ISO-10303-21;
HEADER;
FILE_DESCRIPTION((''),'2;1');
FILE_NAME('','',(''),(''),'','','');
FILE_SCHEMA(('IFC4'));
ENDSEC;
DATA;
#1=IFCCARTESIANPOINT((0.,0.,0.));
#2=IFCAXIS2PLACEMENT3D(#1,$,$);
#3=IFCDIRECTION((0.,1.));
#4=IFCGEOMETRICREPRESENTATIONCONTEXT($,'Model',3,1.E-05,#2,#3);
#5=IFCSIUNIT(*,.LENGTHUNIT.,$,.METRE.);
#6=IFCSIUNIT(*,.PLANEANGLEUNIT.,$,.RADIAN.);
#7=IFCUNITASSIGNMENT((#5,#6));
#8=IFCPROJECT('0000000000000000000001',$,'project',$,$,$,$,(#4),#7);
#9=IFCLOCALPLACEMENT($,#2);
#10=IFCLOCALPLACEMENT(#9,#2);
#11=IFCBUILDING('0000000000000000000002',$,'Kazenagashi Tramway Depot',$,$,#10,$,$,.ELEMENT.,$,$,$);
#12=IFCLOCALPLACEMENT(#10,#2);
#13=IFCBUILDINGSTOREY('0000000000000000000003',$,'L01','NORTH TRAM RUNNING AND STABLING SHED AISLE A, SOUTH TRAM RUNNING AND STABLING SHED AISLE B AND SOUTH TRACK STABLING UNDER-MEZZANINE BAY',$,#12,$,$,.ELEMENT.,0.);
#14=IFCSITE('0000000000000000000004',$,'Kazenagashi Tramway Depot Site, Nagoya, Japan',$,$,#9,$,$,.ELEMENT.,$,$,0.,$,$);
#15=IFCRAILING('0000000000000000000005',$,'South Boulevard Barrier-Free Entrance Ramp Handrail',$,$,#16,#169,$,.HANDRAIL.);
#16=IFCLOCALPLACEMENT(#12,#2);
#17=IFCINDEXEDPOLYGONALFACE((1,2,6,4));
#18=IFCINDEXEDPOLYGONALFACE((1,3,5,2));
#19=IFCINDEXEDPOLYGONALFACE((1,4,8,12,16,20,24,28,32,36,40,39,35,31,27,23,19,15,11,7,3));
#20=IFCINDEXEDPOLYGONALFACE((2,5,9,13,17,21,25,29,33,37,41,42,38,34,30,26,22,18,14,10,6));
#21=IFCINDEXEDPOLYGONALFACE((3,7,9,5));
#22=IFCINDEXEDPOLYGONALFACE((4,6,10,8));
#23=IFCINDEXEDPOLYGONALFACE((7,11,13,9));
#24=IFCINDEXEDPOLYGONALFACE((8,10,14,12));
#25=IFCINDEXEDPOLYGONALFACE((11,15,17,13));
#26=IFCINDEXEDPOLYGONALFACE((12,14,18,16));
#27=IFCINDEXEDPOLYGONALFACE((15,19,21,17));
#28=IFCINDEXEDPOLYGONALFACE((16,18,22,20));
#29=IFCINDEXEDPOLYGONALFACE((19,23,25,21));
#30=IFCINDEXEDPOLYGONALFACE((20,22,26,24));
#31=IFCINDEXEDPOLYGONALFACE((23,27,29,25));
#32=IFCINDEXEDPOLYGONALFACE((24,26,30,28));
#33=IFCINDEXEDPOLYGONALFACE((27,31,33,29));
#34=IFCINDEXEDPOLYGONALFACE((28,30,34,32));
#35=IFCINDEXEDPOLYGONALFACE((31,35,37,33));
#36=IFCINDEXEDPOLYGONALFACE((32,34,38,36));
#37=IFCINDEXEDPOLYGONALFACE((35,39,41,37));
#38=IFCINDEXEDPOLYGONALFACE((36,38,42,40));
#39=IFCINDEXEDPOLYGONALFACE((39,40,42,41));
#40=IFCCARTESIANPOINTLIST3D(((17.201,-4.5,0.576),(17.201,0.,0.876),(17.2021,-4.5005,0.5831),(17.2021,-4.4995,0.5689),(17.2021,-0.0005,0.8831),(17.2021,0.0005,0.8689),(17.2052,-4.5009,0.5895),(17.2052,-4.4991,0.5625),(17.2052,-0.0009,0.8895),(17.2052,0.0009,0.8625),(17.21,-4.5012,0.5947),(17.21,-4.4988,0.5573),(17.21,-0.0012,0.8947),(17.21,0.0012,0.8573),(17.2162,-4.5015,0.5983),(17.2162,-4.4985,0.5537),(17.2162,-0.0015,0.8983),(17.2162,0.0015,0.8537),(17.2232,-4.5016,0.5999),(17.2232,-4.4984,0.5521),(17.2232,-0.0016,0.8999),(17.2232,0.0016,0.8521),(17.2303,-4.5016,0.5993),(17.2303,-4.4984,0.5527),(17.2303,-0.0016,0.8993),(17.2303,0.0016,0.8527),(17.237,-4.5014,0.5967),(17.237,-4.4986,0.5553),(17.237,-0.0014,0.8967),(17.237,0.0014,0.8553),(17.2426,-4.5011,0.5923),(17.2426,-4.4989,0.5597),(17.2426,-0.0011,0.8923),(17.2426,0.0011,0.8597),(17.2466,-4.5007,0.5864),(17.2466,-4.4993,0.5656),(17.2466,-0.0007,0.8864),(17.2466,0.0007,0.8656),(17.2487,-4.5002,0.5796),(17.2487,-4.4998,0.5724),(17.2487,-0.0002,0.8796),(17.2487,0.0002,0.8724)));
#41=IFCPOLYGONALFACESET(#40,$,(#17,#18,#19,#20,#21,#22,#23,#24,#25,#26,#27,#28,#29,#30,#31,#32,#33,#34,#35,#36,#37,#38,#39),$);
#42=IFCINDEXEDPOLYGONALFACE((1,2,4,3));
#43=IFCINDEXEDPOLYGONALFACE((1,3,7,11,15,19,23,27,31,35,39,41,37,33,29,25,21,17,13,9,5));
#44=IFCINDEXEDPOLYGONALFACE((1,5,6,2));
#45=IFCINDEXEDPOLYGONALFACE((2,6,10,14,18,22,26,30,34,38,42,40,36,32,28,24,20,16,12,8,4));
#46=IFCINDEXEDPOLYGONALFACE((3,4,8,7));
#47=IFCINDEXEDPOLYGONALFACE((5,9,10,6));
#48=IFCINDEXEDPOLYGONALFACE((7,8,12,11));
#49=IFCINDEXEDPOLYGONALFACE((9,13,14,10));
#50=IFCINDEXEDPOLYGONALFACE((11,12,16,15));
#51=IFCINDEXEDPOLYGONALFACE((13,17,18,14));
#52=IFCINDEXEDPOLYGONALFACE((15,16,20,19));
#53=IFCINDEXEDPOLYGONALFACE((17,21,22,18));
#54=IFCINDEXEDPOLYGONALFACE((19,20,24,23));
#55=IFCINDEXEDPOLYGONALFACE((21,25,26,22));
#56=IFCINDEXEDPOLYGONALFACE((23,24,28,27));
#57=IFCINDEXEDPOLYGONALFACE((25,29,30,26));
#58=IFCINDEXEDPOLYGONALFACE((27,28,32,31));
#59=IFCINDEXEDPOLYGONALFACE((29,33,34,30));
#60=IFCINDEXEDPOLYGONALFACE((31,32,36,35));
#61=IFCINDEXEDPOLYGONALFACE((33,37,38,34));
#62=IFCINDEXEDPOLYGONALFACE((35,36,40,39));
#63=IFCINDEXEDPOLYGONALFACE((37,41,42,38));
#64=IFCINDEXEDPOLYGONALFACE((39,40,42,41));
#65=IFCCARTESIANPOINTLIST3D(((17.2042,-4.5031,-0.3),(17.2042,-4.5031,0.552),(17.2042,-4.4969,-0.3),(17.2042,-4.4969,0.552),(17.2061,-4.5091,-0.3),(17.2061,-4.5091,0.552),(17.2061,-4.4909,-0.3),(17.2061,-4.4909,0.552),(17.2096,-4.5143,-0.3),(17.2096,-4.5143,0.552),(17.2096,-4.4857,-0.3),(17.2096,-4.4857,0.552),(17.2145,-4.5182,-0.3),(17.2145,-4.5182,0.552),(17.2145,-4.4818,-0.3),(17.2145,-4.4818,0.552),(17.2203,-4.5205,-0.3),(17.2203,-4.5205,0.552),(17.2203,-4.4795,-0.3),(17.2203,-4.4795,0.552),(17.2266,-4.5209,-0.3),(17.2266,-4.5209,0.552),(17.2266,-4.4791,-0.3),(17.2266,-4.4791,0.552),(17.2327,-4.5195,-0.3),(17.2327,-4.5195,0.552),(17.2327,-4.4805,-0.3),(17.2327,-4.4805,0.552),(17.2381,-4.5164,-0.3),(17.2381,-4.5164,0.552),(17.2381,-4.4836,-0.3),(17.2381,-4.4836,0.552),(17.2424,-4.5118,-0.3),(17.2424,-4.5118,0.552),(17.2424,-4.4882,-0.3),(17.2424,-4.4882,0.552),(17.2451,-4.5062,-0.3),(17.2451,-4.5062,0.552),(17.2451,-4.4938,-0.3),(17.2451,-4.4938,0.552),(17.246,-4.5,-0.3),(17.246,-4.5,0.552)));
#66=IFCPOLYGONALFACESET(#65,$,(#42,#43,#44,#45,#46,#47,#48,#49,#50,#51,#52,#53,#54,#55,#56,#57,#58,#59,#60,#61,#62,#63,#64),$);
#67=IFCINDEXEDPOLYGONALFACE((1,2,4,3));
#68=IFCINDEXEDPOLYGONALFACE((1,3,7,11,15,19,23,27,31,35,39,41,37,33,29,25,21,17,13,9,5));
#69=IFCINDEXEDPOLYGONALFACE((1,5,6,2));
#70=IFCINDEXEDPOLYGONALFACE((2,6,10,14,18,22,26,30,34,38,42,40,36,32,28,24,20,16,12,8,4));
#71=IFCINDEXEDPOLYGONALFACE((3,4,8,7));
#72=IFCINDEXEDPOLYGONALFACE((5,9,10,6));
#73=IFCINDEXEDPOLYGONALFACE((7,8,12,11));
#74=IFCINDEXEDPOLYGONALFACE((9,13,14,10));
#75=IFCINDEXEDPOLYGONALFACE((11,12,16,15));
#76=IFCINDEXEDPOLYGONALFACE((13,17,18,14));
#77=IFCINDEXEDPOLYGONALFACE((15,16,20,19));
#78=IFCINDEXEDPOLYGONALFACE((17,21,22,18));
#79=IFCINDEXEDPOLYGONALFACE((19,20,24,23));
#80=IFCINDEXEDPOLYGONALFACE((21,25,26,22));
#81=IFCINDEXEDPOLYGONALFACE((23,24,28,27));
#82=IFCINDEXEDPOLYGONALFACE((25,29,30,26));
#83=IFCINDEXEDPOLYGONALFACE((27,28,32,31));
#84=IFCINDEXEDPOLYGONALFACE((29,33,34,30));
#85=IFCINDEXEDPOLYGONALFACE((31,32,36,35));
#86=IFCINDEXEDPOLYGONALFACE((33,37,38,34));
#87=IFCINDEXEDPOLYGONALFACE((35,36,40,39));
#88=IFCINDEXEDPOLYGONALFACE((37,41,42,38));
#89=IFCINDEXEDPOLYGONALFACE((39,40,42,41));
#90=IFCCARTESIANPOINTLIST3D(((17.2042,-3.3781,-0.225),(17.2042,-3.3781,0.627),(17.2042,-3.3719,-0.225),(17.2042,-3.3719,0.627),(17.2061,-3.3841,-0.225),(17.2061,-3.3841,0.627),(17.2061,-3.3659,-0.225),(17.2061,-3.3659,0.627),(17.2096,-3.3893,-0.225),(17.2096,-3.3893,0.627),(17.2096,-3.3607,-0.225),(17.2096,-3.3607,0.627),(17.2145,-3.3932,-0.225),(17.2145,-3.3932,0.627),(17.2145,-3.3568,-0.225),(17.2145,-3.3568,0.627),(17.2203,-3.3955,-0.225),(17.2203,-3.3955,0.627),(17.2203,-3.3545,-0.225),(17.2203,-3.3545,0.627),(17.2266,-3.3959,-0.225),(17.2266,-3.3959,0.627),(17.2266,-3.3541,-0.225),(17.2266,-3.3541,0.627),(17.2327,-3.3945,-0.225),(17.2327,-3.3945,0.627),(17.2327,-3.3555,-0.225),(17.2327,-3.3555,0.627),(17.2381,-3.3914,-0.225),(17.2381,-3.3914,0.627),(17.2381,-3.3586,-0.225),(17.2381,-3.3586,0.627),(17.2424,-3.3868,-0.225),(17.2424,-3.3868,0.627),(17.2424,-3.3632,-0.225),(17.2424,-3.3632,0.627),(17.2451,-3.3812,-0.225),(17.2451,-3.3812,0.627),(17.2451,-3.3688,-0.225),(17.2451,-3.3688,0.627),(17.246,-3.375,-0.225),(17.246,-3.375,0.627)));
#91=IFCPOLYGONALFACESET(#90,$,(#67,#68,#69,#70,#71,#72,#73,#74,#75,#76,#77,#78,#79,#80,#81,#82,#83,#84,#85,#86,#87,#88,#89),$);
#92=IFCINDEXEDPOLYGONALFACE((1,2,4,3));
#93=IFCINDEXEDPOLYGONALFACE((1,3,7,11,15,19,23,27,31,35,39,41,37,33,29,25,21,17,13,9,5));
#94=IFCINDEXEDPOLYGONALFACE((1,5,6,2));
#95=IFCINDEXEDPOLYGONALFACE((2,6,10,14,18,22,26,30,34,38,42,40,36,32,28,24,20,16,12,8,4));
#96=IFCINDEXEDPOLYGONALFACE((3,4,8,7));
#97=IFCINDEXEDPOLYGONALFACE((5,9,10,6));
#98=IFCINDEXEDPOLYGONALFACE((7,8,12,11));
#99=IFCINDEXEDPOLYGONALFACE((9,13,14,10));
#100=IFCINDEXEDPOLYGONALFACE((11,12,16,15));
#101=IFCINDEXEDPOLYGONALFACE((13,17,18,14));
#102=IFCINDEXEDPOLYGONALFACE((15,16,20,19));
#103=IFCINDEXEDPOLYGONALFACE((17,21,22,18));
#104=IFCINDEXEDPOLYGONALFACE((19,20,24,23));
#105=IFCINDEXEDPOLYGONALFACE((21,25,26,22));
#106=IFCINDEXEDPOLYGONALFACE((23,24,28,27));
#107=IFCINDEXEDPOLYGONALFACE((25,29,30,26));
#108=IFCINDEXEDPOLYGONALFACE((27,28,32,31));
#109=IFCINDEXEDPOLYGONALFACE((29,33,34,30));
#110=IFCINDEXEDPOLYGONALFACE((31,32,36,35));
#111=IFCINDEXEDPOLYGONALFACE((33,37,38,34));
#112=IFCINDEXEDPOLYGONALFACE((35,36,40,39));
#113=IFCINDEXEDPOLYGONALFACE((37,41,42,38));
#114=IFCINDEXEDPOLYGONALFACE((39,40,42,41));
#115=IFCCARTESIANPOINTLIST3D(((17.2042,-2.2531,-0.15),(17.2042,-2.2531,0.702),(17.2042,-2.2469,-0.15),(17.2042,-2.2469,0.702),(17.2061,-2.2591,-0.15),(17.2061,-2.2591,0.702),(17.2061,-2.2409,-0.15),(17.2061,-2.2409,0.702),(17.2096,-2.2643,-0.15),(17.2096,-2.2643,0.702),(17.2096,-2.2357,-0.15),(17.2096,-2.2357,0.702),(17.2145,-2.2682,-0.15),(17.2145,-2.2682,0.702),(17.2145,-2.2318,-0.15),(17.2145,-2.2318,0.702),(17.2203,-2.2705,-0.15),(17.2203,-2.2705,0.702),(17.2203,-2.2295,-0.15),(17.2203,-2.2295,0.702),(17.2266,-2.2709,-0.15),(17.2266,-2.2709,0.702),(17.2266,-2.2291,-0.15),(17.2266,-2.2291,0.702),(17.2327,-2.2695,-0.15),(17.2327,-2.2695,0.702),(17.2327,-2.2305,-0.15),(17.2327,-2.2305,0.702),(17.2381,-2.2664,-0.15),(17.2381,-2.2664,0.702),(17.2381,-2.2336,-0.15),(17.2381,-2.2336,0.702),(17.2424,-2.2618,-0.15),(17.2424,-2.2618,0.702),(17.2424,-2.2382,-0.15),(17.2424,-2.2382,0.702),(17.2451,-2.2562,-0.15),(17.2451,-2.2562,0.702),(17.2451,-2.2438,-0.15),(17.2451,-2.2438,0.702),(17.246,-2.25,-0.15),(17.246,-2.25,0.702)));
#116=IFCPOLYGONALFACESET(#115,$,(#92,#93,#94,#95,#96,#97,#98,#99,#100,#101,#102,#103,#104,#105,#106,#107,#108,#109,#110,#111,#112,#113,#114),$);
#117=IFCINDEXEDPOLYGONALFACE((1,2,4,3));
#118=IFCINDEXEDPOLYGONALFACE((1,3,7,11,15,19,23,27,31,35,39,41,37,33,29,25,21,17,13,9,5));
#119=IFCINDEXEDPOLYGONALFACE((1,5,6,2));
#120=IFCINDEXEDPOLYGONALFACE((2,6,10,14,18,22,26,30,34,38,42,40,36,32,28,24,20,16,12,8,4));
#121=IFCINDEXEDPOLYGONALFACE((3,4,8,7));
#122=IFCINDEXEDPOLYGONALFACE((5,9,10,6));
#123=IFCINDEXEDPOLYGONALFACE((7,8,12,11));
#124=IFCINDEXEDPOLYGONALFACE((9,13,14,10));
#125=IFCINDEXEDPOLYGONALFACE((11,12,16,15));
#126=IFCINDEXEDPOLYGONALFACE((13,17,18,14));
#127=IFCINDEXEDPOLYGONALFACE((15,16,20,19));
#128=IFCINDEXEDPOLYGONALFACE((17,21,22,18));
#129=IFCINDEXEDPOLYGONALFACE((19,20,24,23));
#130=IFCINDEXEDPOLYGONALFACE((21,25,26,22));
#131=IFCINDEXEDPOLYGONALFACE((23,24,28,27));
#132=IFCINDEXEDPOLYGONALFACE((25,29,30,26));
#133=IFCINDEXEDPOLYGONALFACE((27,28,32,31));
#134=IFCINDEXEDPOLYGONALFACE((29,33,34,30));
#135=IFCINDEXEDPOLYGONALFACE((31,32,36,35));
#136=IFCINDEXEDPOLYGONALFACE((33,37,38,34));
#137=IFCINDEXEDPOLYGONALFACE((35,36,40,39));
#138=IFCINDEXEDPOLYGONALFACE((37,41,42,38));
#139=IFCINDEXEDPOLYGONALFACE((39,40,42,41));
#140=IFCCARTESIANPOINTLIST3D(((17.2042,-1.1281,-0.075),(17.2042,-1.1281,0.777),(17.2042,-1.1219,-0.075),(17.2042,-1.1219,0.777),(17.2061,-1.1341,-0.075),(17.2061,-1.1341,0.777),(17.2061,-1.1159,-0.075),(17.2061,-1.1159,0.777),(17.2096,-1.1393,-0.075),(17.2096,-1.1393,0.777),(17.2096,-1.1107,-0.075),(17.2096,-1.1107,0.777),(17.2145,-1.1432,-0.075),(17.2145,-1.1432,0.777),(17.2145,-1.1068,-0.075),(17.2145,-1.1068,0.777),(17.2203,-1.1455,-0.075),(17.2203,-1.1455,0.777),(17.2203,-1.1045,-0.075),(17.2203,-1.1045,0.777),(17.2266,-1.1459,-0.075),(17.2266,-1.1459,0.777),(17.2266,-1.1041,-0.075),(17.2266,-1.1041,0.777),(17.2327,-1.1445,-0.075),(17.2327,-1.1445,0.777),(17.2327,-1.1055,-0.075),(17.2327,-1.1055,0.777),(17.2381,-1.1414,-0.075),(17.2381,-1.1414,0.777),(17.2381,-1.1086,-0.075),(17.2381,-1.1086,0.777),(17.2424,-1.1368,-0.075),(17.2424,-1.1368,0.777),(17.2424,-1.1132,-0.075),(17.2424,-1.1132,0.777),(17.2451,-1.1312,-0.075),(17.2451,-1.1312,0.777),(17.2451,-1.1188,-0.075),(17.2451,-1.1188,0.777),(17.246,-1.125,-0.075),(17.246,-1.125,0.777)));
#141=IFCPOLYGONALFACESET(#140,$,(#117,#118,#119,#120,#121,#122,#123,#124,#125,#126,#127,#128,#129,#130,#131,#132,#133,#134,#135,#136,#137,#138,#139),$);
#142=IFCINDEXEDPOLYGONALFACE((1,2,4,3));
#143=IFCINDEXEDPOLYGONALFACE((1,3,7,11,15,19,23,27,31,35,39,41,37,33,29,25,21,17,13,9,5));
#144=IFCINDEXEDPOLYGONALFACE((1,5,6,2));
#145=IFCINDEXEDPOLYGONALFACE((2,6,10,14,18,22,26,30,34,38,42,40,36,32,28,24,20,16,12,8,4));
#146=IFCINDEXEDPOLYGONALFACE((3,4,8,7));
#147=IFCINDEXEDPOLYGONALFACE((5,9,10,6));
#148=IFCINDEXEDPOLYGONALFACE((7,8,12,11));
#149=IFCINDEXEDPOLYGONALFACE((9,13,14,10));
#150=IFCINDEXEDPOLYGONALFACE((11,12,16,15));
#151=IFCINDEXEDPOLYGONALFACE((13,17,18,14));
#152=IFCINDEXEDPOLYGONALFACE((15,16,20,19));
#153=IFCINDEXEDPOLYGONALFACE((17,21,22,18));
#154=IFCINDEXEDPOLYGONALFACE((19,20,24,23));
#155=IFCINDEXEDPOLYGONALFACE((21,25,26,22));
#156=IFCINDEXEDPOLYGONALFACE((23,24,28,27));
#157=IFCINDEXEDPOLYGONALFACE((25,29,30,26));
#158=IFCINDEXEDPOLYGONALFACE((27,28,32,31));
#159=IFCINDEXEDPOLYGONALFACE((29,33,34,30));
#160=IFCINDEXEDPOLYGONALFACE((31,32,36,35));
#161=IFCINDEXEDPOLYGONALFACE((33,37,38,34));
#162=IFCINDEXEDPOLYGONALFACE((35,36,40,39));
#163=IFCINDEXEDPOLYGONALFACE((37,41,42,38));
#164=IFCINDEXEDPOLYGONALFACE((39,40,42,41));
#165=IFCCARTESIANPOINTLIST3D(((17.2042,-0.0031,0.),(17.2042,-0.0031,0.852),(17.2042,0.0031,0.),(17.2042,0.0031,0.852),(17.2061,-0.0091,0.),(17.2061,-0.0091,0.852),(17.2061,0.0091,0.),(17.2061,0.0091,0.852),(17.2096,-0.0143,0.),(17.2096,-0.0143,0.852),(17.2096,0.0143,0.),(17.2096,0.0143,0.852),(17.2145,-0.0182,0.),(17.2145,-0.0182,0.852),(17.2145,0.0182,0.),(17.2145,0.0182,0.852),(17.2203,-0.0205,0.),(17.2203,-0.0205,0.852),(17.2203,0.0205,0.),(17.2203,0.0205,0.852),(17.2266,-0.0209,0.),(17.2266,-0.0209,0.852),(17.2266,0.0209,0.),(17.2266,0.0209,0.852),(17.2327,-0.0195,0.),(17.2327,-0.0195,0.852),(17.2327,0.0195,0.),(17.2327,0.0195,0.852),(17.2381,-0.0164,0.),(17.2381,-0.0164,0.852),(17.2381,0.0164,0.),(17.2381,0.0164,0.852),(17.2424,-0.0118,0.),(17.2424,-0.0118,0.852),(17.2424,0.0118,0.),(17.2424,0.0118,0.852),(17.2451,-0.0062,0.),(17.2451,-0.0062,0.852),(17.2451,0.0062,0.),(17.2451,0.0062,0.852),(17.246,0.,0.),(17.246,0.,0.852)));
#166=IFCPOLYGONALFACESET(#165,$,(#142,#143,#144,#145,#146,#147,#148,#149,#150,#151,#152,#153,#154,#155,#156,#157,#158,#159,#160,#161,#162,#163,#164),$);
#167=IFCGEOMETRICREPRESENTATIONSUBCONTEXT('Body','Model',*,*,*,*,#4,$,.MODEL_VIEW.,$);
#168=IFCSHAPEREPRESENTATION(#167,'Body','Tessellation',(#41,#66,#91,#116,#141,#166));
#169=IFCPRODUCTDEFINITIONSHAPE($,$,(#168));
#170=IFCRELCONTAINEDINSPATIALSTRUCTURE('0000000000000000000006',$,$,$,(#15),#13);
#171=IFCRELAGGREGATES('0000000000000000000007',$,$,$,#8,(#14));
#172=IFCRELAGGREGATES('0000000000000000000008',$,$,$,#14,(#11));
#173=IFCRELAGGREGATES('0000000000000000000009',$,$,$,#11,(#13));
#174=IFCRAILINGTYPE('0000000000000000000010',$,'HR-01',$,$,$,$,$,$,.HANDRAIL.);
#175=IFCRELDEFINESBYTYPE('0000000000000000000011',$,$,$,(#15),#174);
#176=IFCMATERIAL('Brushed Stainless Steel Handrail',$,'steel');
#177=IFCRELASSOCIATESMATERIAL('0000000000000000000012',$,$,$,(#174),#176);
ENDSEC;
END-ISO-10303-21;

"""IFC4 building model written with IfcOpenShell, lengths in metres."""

from ifc_helpers import new_model, si_unit, direction, frame, origin, origin_2d, place, context, subcontext, project, spatial, circle, extrude, material, type_object, element, save


model = new_model("IFC4")

# Units and contexts
model_context = context("Model", 3, precision=1e-05, world=origin(), true_north=direction((0.0, 1.0)))
body_context = subcontext(model_context, "Body", "Model", "MODEL_VIEW")
ifc_project = project(units=[si_unit("LENGTHUNIT", "METRE"), si_unit("PLANEANGLEUNIT", "RADIAN")], contexts=[model_context])

# Site, building, storey
site_placement = place(None, origin())
site = spatial("IfcSite", under=ifc_project, at=site_placement, Name="Kazenagashi Tramway Depot Site, Nagoya, Japan", CompositionType="ELEMENT", RefElevation=0.0)
building_placement = place(site_placement, origin())
building = spatial("IfcBuilding", under=site, at=building_placement, Name="Kazenagashi Tramway Depot", CompositionType="ELEMENT")
storey_placement = place(building_placement, origin())
storey = spatial("IfcBuildingStorey", under=building, at=storey_placement, Name="L01", Description="NORTH TRAM RUNNING AND STABLING SHED AISLE A, SOUTH TRAM RUNNING AND STABLING SHED AISLE B AND SOUTH TRACK STABLING UNDER-MEZZANINE BAY", CompositionType="ELEMENT", Elevation=0.0)

# Railing
ifc_material_1 = material(Name="Brushed Stainless Steel Handrail", Category="steel")
railing_type = type_object("IfcRailingType", Name="HR-01", PredefinedType="HANDRAIL", material=ifc_material_1)
railing_placement = place(storey_placement, frame((17.225, -4.5, -0.3)))
element("IfcRailing", 1, at=railing_placement, inside=storey, type_object=railing_type, Name="South Boulevard Barrier-Free Entrance Ramp Handrail", PredefinedType="HANDRAIL", context=body_context, shape_type="SweptSolid", body=[
    extrude(circle(Radius=0.024, at=origin_2d()), frame((0.0, 0.0, 0.876), z_axis=(0.0, 0.997785, 0.066519), x_axis=(-1.0, 0.0, 0.0)), (0.0, 0.0, 1.0), 4.51),
    extrude(circle(Radius=0.021, at=origin_2d()), origin(), (0.0, 0.0, 1.0), 0.852),
    extrude(circle(Radius=0.021, at=origin_2d()), frame((0.0, 1.125, 0.075)), (0.0, 0.0, 1.0), 0.852),
    extrude(circle(Radius=0.021, at=origin_2d()), frame((0.0, 2.25, 0.15)), (0.0, 0.0, 1.0), 0.852),
    extrude(circle(Radius=0.021, at=origin_2d()), frame((0.0, 3.375, 0.225)), (0.0, 0.0, 1.0), 0.852),
    extrude(circle(Radius=0.021, at=origin_2d()), frame((0.0, 4.5, 0.3)), (0.0, 0.0, 1.0), 0.852),
])

save(model, "model.ifc")
